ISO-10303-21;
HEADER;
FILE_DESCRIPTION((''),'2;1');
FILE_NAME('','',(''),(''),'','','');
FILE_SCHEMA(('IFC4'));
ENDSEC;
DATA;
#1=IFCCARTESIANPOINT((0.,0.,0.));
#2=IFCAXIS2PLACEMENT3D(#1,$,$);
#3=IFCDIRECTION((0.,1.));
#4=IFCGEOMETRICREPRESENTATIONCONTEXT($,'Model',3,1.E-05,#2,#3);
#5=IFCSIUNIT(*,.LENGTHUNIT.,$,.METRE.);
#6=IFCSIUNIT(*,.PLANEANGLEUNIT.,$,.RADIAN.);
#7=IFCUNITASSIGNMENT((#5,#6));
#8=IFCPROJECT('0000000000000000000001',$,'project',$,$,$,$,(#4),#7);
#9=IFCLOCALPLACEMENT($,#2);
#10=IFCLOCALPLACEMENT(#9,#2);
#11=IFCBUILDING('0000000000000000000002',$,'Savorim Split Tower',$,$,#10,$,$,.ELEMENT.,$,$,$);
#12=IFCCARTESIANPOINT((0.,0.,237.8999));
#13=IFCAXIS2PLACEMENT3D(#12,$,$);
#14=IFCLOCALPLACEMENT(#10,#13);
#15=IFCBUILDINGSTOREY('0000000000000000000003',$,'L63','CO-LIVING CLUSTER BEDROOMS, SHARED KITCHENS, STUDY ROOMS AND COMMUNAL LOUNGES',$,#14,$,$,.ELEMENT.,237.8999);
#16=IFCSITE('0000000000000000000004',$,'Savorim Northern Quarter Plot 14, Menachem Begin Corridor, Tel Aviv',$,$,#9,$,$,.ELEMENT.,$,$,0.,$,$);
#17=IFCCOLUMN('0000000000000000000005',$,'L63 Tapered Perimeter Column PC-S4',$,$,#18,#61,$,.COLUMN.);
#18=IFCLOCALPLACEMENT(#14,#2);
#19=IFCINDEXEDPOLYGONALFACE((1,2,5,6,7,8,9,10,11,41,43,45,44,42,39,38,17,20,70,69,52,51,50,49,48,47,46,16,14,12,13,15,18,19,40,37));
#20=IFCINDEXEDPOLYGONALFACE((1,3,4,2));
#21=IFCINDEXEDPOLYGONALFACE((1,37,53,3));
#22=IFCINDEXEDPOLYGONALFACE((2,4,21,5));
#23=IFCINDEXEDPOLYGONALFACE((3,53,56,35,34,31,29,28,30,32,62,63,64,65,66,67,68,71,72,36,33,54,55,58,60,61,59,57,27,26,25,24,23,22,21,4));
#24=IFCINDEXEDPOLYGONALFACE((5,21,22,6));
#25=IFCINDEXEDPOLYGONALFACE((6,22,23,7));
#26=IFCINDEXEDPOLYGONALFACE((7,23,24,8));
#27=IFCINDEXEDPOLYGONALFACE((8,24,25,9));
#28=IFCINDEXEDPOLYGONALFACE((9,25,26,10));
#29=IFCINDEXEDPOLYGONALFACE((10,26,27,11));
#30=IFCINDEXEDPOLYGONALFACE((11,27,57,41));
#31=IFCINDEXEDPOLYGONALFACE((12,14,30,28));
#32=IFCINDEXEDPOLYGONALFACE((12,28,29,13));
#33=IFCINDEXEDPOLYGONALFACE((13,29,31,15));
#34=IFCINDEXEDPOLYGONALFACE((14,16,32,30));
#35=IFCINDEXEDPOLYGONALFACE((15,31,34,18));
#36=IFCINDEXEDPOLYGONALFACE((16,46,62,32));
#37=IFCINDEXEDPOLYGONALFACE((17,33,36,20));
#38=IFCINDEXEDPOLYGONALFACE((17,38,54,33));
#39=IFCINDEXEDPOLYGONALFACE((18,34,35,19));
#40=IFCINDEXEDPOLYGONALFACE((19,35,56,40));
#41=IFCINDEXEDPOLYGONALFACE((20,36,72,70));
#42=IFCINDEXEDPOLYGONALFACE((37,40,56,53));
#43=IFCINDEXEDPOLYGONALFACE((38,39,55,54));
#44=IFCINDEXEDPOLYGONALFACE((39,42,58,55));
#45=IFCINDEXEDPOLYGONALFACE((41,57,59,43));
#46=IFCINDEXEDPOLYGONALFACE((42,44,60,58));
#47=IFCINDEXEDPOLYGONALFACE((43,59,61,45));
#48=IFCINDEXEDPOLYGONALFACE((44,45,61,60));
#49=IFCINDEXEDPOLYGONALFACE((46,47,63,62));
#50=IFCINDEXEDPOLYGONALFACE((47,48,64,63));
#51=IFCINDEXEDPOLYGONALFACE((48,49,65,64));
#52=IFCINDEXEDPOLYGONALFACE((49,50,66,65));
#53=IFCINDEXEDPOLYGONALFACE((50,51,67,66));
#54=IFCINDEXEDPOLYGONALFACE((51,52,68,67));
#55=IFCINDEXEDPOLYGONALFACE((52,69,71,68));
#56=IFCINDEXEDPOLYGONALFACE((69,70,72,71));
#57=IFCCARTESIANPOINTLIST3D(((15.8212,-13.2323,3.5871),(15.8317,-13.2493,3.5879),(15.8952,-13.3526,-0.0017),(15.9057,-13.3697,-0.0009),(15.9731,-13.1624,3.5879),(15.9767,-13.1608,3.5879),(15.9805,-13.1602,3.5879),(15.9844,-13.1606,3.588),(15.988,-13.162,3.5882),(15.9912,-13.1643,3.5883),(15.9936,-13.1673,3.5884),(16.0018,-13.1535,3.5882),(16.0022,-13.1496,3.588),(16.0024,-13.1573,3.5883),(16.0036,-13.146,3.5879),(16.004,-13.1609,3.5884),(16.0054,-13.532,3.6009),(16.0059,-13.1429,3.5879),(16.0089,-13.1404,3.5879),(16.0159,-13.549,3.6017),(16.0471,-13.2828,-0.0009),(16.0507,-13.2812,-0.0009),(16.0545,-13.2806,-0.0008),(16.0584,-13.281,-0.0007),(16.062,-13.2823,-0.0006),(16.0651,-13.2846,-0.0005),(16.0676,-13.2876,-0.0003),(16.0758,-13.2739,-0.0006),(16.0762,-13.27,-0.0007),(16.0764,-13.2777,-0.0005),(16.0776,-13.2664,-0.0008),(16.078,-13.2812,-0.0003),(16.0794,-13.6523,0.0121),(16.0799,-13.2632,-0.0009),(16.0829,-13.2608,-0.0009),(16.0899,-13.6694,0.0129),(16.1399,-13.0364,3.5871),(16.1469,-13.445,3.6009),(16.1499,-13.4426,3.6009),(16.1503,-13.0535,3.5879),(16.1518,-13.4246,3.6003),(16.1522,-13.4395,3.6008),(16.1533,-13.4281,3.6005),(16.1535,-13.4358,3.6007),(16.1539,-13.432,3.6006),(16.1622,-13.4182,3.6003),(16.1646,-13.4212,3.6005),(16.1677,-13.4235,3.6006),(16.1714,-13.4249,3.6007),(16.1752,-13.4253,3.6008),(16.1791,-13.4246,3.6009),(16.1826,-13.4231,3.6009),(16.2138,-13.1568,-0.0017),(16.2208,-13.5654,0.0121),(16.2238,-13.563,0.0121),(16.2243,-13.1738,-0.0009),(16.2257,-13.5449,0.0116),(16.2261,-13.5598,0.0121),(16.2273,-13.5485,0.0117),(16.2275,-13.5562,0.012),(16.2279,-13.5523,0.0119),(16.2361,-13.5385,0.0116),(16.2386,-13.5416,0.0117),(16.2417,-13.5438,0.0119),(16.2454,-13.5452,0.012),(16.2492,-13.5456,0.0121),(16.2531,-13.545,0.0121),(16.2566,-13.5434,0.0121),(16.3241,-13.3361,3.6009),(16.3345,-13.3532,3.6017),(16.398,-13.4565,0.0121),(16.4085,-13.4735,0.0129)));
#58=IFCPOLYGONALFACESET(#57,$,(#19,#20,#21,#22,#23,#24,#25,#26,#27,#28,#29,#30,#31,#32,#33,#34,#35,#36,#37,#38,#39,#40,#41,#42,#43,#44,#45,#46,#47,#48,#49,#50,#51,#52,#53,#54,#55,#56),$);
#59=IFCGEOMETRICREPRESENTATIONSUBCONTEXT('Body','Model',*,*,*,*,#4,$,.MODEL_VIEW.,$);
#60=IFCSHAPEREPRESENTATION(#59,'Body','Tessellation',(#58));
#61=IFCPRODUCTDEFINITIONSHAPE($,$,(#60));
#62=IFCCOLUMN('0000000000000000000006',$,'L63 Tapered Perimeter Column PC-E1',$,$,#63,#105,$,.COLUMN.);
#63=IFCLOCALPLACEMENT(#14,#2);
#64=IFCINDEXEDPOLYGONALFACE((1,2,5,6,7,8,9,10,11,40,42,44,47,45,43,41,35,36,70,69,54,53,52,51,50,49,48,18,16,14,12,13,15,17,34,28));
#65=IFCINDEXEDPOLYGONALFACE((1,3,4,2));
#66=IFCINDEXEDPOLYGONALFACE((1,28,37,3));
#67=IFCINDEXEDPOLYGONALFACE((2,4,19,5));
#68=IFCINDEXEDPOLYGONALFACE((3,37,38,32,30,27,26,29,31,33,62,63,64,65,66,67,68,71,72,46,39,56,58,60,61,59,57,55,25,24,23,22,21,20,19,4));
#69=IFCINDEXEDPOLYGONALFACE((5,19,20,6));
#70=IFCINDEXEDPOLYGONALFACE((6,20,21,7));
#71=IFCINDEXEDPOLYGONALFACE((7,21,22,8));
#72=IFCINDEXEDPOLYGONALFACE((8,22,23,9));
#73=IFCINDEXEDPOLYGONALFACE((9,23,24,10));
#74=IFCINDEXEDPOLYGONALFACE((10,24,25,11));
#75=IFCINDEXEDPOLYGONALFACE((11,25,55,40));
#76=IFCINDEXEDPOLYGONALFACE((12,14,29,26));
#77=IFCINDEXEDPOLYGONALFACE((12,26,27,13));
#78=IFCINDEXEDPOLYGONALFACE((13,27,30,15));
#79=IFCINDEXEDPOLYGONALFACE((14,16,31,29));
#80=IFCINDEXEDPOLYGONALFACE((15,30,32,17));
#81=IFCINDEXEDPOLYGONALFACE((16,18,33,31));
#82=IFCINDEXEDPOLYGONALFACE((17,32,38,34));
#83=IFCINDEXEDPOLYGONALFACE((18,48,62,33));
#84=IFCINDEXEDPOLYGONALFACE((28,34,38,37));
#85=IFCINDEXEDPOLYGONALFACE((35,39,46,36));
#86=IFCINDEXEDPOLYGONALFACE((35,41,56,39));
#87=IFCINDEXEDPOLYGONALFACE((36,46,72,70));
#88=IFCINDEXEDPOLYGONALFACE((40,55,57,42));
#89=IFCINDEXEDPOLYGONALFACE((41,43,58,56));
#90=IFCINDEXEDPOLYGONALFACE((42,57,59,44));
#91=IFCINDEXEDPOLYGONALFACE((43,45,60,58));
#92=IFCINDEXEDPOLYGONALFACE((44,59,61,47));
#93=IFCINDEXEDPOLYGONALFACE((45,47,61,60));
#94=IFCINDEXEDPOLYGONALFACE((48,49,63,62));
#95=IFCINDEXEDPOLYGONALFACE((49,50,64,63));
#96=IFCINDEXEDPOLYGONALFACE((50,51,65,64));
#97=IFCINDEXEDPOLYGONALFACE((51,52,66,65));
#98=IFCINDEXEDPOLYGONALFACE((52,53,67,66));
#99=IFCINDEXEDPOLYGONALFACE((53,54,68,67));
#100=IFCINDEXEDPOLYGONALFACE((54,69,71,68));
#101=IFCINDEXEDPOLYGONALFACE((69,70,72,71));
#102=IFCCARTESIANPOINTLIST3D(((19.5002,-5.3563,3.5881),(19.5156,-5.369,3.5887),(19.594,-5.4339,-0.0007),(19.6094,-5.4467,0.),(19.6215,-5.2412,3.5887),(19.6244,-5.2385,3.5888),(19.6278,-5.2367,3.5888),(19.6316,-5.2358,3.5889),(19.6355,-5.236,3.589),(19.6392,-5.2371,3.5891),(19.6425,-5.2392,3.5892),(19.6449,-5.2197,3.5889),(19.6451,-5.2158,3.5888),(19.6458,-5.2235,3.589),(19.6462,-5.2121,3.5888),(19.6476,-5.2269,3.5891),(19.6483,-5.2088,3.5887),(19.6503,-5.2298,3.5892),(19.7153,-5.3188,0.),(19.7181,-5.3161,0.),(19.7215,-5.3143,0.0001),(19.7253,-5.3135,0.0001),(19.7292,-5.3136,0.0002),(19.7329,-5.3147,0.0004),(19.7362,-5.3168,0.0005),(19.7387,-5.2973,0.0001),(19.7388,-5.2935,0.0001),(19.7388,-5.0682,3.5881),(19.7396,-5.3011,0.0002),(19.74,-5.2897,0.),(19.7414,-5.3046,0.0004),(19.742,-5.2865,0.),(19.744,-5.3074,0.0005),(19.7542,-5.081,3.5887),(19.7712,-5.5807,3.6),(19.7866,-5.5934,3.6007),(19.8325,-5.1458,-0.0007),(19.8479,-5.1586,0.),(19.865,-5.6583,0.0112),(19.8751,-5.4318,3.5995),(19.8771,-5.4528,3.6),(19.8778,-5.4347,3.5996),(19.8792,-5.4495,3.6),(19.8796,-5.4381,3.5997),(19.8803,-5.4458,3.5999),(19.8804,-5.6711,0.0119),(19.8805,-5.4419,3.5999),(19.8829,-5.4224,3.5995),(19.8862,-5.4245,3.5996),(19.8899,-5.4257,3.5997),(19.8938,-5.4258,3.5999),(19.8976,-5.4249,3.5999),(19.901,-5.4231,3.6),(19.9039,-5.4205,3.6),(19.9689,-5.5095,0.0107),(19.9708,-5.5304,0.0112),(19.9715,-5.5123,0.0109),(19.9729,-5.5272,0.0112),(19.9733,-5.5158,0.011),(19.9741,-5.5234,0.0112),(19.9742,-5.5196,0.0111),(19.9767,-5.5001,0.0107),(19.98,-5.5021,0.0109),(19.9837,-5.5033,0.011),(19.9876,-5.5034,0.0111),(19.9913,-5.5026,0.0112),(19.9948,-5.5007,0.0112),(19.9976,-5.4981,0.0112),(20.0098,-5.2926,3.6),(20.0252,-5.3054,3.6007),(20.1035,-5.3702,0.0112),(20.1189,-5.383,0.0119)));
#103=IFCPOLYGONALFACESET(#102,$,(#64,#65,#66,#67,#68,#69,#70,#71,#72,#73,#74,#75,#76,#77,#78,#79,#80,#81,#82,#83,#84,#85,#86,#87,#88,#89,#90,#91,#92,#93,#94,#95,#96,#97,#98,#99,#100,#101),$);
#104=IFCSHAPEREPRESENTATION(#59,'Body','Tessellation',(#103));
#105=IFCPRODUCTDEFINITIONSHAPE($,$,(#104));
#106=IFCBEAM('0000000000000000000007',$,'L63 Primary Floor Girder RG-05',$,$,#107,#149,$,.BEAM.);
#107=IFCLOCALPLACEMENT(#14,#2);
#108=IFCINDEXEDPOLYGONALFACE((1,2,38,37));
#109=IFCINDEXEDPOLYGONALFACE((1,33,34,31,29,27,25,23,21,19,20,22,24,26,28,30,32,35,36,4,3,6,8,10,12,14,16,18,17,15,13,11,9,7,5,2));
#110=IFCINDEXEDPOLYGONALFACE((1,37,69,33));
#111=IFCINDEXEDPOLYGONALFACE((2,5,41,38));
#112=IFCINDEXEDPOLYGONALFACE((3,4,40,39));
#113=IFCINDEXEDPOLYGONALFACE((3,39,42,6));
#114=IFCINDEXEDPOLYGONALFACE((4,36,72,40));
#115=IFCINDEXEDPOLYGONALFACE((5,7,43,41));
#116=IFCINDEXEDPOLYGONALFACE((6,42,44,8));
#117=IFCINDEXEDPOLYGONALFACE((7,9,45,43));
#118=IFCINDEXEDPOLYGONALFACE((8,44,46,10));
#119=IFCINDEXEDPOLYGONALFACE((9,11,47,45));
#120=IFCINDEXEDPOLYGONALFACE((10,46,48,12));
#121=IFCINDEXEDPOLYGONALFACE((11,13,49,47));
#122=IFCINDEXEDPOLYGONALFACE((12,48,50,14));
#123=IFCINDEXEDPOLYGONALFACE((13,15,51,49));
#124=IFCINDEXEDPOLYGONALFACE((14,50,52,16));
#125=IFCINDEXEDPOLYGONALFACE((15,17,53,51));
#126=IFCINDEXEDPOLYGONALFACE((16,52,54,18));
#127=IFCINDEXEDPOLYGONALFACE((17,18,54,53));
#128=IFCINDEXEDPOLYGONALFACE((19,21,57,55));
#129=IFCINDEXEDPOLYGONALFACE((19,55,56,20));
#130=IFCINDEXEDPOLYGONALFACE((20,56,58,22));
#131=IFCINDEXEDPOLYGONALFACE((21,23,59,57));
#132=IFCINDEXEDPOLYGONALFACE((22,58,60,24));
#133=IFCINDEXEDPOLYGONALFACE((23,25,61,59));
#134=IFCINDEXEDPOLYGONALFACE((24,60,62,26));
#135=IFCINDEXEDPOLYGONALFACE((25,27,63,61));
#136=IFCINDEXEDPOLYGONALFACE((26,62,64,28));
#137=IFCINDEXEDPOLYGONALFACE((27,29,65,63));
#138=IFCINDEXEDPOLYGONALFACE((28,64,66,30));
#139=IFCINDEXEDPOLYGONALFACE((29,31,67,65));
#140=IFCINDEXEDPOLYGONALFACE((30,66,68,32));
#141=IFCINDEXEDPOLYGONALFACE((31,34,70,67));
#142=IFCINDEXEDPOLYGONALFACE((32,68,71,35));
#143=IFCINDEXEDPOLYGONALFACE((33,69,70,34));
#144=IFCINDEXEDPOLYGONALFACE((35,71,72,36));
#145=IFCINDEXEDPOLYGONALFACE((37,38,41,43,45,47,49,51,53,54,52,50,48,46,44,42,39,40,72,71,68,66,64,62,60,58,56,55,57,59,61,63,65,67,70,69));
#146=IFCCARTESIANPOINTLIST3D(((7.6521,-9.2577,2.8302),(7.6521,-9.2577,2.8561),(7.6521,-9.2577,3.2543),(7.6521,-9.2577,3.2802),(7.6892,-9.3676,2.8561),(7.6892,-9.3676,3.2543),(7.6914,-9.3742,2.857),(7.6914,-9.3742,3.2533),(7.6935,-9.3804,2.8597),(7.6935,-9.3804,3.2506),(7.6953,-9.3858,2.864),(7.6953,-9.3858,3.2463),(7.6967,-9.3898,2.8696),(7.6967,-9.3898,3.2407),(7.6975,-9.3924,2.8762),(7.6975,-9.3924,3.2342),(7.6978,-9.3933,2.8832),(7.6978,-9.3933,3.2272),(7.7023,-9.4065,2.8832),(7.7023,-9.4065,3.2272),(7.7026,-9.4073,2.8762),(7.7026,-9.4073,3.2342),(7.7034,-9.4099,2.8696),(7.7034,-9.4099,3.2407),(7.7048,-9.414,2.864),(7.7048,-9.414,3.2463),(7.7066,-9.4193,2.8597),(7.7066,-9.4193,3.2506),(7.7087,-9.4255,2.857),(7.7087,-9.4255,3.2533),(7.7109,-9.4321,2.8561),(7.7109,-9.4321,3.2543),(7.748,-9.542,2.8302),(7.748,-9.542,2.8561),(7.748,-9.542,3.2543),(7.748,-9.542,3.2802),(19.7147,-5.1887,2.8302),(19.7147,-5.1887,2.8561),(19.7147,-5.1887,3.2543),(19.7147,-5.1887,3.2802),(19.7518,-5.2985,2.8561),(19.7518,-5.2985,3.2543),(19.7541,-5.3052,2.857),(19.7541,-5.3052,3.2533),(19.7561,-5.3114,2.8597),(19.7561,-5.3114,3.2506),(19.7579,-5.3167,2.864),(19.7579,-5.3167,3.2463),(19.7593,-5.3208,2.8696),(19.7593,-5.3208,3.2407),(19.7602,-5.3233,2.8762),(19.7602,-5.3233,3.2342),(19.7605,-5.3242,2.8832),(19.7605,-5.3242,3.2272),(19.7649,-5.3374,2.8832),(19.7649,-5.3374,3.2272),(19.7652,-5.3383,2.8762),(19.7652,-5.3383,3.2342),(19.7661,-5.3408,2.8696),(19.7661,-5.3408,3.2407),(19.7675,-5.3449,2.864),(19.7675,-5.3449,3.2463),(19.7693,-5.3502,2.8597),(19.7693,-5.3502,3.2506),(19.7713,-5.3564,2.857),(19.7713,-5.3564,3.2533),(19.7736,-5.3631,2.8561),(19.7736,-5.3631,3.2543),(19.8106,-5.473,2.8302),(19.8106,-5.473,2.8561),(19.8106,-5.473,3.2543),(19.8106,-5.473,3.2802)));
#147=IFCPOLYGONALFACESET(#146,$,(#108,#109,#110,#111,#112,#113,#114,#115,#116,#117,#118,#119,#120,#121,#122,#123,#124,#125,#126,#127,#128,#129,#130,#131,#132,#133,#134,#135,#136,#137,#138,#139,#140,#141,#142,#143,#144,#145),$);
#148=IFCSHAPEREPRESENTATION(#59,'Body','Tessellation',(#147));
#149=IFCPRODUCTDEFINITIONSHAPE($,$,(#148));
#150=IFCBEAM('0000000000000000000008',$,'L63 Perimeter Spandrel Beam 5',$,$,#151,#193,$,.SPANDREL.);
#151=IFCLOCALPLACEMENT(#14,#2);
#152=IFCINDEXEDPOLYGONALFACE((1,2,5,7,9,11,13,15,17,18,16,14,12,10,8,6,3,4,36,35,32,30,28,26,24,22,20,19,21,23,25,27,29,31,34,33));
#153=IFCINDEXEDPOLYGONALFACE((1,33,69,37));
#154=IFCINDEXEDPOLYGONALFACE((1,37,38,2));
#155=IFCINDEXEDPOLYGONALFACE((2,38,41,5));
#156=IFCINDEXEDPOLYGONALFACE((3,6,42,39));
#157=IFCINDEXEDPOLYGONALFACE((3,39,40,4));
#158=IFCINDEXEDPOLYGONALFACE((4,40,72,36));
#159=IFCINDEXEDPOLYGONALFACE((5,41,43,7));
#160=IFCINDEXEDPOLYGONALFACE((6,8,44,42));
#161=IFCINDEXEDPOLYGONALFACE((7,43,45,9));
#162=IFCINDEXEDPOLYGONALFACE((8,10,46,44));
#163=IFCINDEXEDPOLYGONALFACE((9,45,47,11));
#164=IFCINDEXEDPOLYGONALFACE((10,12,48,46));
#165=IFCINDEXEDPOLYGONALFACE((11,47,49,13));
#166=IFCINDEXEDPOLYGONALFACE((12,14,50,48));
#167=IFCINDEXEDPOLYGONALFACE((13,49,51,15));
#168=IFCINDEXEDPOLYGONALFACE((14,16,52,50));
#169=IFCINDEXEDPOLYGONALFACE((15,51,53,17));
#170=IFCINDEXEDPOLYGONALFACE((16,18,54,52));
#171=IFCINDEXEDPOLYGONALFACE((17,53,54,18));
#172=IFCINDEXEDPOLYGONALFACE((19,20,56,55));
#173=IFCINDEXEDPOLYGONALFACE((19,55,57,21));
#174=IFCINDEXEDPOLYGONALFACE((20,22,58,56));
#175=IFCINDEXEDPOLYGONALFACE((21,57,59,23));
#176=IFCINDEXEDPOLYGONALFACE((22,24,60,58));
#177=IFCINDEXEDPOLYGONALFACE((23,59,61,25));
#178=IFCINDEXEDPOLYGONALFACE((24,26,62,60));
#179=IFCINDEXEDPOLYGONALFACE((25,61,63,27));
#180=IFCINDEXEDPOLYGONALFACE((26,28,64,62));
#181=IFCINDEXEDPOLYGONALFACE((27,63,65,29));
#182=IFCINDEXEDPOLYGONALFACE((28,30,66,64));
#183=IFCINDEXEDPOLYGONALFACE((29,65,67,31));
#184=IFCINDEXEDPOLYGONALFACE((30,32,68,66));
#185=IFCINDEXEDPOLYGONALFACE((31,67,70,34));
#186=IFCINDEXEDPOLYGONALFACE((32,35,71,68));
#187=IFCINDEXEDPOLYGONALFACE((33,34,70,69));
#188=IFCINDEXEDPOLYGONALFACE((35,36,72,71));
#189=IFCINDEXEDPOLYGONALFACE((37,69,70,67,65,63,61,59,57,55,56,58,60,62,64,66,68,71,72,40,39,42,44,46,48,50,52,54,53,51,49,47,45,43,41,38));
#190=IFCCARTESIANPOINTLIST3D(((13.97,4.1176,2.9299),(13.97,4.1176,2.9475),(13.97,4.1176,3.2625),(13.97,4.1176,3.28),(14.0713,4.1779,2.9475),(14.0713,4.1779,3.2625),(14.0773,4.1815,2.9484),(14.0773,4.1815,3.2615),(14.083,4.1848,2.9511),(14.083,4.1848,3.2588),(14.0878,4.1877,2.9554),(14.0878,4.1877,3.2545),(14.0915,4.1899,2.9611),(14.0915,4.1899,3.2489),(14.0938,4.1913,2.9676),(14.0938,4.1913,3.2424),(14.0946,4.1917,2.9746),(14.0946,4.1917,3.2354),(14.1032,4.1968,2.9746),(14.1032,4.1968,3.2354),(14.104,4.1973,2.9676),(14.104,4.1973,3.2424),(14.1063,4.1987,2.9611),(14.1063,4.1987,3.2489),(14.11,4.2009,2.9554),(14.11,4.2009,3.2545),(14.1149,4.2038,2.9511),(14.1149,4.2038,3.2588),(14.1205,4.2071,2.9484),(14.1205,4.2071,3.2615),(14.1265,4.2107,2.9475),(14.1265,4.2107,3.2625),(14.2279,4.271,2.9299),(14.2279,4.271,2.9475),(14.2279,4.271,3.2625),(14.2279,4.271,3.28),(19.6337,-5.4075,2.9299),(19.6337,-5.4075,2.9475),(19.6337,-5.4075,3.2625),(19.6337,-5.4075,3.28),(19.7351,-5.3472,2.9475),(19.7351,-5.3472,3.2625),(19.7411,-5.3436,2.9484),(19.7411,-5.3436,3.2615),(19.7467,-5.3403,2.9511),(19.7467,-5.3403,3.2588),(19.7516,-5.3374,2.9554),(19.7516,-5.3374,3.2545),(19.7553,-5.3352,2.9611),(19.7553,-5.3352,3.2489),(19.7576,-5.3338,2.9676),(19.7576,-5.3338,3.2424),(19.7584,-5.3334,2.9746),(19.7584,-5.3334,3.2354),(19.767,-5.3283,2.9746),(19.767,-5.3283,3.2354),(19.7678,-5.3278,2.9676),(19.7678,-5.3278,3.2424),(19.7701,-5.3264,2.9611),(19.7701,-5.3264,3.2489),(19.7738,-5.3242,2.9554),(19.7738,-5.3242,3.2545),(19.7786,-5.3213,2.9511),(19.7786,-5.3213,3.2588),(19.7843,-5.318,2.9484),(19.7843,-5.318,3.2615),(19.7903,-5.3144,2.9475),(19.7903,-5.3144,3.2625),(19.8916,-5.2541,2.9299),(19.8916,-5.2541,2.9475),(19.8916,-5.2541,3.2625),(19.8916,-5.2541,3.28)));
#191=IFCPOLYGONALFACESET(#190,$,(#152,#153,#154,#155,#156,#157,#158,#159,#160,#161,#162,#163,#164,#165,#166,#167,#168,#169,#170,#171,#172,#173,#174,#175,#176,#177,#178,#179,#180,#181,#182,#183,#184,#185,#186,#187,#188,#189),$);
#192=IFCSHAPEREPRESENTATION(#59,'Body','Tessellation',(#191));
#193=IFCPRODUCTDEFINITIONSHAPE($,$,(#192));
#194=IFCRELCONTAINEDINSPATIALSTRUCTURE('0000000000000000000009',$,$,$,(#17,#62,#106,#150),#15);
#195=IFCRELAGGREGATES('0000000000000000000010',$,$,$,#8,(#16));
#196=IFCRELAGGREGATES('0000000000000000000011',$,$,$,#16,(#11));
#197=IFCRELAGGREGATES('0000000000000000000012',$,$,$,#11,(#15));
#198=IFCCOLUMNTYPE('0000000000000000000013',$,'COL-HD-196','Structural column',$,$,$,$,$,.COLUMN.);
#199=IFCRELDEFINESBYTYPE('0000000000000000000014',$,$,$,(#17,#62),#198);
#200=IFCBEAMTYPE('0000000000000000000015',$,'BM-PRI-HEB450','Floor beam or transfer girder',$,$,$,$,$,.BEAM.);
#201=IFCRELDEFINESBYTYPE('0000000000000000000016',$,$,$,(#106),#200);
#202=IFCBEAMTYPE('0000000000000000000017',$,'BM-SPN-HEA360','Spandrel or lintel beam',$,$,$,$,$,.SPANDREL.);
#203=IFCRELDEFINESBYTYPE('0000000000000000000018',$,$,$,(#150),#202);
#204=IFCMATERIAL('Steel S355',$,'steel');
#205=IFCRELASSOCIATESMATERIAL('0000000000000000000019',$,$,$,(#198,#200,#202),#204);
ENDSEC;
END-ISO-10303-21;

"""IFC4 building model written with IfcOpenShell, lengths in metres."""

from ifc_helpers import new_model, si_unit, direction, frame, origin, origin_2d, place, context, subcontext, project, spatial, i_section, extrude, material, material_profile, profile_set, type_object, element, save


model = new_model("IFC4")

# Units and contexts
model_context = context("Model", 3, precision=1e-05, world=origin(), true_north=direction((0.0, 1.0)))
body_context = subcontext(model_context, "Body", "Model", "MODEL_VIEW")
ifc_project = project(units=[si_unit("LENGTHUNIT", "METRE"), si_unit("PLANEANGLEUNIT", "RADIAN")], contexts=[model_context])

# Site, building, storey
site_placement = place(None, origin())
site = spatial("IfcSite", under=ifc_project, at=site_placement, Name="Savorim Northern Quarter Plot 14, Menachem Begin Corridor, Tel Aviv", CompositionType="ELEMENT", RefElevation=0.0)
building_placement = place(site_placement, origin())
building = spatial("IfcBuilding", under=site, at=building_placement, Name="Savorim Split Tower", CompositionType="ELEMENT")
storey_placement = place(building_placement, frame((0.0, 0.0, 237.8999)))
storey = spatial("IfcBuildingStorey", under=building, at=storey_placement, Name="L63", Description="CO-LIVING CLUSTER BEDROOMS, SHARED KITCHENS, STUDY ROOMS AND COMMUNAL LOUNGES", CompositionType="ELEMENT", Elevation=237.8999)

# Columns
ifc_material_1 = material(Name="Steel S355", Category="steel")
ifc_material_profile_1 = material_profile(ifc_material_1, i_section(OverallWidth=0.374, OverallDepth=0.3721, WebThickness=0.0122, FlangeThickness=0.02, FilletRadius=0.0149, at=origin_2d()), Name="HD 360x196")
ifc_profile_set_1 = profile_set([ifc_material_profile_1], Name="Steel S355")
column_type = type_object("IfcColumnType", Name="COL-HD-196", Description="Structural column", PredefinedType="COLUMN", material=ifc_profile_set_1)
column_1_placement = place(storey_placement, frame((16.1519, -13.4131, 0.0056), z_axis=(-0.020596, 0.033511, 0.999226), x_axis=(-0.851955, -0.523615, 0.0)))
element("IfcColumn", 1, at=column_1_placement, inside=storey, type_object=column_type, Name="L63 Tapered Perimeter Column PC-S4", PredefinedType="COLUMN", context=body_context, shape_type="SweptSolid", body=[
    extrude(i_section(OverallWidth=0.374, OverallDepth=0.3721, WebThickness=0.0122, FlangeThickness=0.02, FilletRadius=0.0149, at=origin_2d()), origin(), (0.0, 0.0, 1.0), 3.5916),
])
column_2_placement = place(storey_placement, frame((19.8564, -5.4084, 0.0056), z_axis=(-0.026107, 0.02162, 0.999425), x_axis=(-0.637814, -0.77019, 0.0)))
element("IfcColumn", 2, at=column_2_placement, inside=storey, type_object=column_type, Name="L63 Tapered Perimeter Column PC-E1", PredefinedType="COLUMN", context=body_context, shape_type="SweptSolid", body=[
    extrude(i_section(OverallWidth=0.374, OverallDepth=0.3721, WebThickness=0.0122, FlangeThickness=0.02, FilletRadius=0.0149, at=origin_2d()), origin(), (0.0, 0.0, 1.0), 3.5908),
])

# Beams
ifc_material_profile_2 = material_profile(ifc_material_1, i_section(OverallWidth=0.3, OverallDepth=0.45, WebThickness=0.0139, FlangeThickness=0.0259, FilletRadius=0.0271, at=origin_2d()), Name="HEB 450")
ifc_profile_set_2 = profile_set([ifc_material_profile_2], Name="Steel S355")
beam_type_1 = type_object("IfcBeamType", Name="BM-PRI-HEB450", Description="Floor beam or transfer girder", PredefinedType="BEAM", material=ifc_profile_set_2)
beam_1_placement = place(storey_placement, frame((19.7627, -5.3308, 3.0552), z_axis=(-0.947542, -0.319632, 0.0), x_axis=(0.319632, -0.947542, 0.0)))
element("IfcBeam", 3, at=beam_1_placement, inside=storey, type_object=beam_type_1, Name="L63 Primary Floor Girder RG-05", PredefinedType="BEAM", context=body_context, shape_type="SweptSolid", body=[
    extrude(i_section(OverallWidth=0.3, OverallDepth=0.45, WebThickness=0.0139, FlangeThickness=0.0259, FilletRadius=0.0271, at=origin_2d()), origin(), (0.0, 0.0, 1.0), 12.7305),
])
ifc_material_profile_3 = material_profile(ifc_material_1, i_section(OverallWidth=0.3, OverallDepth=0.3501, WebThickness=0.01, FlangeThickness=0.0176, FilletRadius=0.0271, at=origin_2d()), Name="HEA 360")
ifc_profile_set_3 = profile_set([ifc_material_profile_3], Name="Steel S355")
beam_type_2 = type_object("IfcBeamType", Name="BM-SPN-HEA360", Description="Spandrel or lintel beam", PredefinedType="SPANDREL", material=ifc_profile_set_3)
beam_2_placement = place(storey_placement, frame((19.7627, -5.3308, 3.105), z_axis=(-0.51109, 0.859527, 0.0), x_axis=(-0.859527, -0.51109, 0.0)))
element("IfcBeam", 4, at=beam_2_placement, inside=storey, type_object=beam_type_2, Name="L63 Perimeter Spandrel Beam 5", PredefinedType="SPANDREL", context=body_context, shape_type="SweptSolid", body=[
    extrude(i_section(OverallWidth=0.3, OverallDepth=0.3501, WebThickness=0.01, FlangeThickness=0.0176, FilletRadius=0.0271, at=origin_2d()), origin(), (0.0, 0.0, 1.0), 11.0818),
])

save(model, "model.ifc")
